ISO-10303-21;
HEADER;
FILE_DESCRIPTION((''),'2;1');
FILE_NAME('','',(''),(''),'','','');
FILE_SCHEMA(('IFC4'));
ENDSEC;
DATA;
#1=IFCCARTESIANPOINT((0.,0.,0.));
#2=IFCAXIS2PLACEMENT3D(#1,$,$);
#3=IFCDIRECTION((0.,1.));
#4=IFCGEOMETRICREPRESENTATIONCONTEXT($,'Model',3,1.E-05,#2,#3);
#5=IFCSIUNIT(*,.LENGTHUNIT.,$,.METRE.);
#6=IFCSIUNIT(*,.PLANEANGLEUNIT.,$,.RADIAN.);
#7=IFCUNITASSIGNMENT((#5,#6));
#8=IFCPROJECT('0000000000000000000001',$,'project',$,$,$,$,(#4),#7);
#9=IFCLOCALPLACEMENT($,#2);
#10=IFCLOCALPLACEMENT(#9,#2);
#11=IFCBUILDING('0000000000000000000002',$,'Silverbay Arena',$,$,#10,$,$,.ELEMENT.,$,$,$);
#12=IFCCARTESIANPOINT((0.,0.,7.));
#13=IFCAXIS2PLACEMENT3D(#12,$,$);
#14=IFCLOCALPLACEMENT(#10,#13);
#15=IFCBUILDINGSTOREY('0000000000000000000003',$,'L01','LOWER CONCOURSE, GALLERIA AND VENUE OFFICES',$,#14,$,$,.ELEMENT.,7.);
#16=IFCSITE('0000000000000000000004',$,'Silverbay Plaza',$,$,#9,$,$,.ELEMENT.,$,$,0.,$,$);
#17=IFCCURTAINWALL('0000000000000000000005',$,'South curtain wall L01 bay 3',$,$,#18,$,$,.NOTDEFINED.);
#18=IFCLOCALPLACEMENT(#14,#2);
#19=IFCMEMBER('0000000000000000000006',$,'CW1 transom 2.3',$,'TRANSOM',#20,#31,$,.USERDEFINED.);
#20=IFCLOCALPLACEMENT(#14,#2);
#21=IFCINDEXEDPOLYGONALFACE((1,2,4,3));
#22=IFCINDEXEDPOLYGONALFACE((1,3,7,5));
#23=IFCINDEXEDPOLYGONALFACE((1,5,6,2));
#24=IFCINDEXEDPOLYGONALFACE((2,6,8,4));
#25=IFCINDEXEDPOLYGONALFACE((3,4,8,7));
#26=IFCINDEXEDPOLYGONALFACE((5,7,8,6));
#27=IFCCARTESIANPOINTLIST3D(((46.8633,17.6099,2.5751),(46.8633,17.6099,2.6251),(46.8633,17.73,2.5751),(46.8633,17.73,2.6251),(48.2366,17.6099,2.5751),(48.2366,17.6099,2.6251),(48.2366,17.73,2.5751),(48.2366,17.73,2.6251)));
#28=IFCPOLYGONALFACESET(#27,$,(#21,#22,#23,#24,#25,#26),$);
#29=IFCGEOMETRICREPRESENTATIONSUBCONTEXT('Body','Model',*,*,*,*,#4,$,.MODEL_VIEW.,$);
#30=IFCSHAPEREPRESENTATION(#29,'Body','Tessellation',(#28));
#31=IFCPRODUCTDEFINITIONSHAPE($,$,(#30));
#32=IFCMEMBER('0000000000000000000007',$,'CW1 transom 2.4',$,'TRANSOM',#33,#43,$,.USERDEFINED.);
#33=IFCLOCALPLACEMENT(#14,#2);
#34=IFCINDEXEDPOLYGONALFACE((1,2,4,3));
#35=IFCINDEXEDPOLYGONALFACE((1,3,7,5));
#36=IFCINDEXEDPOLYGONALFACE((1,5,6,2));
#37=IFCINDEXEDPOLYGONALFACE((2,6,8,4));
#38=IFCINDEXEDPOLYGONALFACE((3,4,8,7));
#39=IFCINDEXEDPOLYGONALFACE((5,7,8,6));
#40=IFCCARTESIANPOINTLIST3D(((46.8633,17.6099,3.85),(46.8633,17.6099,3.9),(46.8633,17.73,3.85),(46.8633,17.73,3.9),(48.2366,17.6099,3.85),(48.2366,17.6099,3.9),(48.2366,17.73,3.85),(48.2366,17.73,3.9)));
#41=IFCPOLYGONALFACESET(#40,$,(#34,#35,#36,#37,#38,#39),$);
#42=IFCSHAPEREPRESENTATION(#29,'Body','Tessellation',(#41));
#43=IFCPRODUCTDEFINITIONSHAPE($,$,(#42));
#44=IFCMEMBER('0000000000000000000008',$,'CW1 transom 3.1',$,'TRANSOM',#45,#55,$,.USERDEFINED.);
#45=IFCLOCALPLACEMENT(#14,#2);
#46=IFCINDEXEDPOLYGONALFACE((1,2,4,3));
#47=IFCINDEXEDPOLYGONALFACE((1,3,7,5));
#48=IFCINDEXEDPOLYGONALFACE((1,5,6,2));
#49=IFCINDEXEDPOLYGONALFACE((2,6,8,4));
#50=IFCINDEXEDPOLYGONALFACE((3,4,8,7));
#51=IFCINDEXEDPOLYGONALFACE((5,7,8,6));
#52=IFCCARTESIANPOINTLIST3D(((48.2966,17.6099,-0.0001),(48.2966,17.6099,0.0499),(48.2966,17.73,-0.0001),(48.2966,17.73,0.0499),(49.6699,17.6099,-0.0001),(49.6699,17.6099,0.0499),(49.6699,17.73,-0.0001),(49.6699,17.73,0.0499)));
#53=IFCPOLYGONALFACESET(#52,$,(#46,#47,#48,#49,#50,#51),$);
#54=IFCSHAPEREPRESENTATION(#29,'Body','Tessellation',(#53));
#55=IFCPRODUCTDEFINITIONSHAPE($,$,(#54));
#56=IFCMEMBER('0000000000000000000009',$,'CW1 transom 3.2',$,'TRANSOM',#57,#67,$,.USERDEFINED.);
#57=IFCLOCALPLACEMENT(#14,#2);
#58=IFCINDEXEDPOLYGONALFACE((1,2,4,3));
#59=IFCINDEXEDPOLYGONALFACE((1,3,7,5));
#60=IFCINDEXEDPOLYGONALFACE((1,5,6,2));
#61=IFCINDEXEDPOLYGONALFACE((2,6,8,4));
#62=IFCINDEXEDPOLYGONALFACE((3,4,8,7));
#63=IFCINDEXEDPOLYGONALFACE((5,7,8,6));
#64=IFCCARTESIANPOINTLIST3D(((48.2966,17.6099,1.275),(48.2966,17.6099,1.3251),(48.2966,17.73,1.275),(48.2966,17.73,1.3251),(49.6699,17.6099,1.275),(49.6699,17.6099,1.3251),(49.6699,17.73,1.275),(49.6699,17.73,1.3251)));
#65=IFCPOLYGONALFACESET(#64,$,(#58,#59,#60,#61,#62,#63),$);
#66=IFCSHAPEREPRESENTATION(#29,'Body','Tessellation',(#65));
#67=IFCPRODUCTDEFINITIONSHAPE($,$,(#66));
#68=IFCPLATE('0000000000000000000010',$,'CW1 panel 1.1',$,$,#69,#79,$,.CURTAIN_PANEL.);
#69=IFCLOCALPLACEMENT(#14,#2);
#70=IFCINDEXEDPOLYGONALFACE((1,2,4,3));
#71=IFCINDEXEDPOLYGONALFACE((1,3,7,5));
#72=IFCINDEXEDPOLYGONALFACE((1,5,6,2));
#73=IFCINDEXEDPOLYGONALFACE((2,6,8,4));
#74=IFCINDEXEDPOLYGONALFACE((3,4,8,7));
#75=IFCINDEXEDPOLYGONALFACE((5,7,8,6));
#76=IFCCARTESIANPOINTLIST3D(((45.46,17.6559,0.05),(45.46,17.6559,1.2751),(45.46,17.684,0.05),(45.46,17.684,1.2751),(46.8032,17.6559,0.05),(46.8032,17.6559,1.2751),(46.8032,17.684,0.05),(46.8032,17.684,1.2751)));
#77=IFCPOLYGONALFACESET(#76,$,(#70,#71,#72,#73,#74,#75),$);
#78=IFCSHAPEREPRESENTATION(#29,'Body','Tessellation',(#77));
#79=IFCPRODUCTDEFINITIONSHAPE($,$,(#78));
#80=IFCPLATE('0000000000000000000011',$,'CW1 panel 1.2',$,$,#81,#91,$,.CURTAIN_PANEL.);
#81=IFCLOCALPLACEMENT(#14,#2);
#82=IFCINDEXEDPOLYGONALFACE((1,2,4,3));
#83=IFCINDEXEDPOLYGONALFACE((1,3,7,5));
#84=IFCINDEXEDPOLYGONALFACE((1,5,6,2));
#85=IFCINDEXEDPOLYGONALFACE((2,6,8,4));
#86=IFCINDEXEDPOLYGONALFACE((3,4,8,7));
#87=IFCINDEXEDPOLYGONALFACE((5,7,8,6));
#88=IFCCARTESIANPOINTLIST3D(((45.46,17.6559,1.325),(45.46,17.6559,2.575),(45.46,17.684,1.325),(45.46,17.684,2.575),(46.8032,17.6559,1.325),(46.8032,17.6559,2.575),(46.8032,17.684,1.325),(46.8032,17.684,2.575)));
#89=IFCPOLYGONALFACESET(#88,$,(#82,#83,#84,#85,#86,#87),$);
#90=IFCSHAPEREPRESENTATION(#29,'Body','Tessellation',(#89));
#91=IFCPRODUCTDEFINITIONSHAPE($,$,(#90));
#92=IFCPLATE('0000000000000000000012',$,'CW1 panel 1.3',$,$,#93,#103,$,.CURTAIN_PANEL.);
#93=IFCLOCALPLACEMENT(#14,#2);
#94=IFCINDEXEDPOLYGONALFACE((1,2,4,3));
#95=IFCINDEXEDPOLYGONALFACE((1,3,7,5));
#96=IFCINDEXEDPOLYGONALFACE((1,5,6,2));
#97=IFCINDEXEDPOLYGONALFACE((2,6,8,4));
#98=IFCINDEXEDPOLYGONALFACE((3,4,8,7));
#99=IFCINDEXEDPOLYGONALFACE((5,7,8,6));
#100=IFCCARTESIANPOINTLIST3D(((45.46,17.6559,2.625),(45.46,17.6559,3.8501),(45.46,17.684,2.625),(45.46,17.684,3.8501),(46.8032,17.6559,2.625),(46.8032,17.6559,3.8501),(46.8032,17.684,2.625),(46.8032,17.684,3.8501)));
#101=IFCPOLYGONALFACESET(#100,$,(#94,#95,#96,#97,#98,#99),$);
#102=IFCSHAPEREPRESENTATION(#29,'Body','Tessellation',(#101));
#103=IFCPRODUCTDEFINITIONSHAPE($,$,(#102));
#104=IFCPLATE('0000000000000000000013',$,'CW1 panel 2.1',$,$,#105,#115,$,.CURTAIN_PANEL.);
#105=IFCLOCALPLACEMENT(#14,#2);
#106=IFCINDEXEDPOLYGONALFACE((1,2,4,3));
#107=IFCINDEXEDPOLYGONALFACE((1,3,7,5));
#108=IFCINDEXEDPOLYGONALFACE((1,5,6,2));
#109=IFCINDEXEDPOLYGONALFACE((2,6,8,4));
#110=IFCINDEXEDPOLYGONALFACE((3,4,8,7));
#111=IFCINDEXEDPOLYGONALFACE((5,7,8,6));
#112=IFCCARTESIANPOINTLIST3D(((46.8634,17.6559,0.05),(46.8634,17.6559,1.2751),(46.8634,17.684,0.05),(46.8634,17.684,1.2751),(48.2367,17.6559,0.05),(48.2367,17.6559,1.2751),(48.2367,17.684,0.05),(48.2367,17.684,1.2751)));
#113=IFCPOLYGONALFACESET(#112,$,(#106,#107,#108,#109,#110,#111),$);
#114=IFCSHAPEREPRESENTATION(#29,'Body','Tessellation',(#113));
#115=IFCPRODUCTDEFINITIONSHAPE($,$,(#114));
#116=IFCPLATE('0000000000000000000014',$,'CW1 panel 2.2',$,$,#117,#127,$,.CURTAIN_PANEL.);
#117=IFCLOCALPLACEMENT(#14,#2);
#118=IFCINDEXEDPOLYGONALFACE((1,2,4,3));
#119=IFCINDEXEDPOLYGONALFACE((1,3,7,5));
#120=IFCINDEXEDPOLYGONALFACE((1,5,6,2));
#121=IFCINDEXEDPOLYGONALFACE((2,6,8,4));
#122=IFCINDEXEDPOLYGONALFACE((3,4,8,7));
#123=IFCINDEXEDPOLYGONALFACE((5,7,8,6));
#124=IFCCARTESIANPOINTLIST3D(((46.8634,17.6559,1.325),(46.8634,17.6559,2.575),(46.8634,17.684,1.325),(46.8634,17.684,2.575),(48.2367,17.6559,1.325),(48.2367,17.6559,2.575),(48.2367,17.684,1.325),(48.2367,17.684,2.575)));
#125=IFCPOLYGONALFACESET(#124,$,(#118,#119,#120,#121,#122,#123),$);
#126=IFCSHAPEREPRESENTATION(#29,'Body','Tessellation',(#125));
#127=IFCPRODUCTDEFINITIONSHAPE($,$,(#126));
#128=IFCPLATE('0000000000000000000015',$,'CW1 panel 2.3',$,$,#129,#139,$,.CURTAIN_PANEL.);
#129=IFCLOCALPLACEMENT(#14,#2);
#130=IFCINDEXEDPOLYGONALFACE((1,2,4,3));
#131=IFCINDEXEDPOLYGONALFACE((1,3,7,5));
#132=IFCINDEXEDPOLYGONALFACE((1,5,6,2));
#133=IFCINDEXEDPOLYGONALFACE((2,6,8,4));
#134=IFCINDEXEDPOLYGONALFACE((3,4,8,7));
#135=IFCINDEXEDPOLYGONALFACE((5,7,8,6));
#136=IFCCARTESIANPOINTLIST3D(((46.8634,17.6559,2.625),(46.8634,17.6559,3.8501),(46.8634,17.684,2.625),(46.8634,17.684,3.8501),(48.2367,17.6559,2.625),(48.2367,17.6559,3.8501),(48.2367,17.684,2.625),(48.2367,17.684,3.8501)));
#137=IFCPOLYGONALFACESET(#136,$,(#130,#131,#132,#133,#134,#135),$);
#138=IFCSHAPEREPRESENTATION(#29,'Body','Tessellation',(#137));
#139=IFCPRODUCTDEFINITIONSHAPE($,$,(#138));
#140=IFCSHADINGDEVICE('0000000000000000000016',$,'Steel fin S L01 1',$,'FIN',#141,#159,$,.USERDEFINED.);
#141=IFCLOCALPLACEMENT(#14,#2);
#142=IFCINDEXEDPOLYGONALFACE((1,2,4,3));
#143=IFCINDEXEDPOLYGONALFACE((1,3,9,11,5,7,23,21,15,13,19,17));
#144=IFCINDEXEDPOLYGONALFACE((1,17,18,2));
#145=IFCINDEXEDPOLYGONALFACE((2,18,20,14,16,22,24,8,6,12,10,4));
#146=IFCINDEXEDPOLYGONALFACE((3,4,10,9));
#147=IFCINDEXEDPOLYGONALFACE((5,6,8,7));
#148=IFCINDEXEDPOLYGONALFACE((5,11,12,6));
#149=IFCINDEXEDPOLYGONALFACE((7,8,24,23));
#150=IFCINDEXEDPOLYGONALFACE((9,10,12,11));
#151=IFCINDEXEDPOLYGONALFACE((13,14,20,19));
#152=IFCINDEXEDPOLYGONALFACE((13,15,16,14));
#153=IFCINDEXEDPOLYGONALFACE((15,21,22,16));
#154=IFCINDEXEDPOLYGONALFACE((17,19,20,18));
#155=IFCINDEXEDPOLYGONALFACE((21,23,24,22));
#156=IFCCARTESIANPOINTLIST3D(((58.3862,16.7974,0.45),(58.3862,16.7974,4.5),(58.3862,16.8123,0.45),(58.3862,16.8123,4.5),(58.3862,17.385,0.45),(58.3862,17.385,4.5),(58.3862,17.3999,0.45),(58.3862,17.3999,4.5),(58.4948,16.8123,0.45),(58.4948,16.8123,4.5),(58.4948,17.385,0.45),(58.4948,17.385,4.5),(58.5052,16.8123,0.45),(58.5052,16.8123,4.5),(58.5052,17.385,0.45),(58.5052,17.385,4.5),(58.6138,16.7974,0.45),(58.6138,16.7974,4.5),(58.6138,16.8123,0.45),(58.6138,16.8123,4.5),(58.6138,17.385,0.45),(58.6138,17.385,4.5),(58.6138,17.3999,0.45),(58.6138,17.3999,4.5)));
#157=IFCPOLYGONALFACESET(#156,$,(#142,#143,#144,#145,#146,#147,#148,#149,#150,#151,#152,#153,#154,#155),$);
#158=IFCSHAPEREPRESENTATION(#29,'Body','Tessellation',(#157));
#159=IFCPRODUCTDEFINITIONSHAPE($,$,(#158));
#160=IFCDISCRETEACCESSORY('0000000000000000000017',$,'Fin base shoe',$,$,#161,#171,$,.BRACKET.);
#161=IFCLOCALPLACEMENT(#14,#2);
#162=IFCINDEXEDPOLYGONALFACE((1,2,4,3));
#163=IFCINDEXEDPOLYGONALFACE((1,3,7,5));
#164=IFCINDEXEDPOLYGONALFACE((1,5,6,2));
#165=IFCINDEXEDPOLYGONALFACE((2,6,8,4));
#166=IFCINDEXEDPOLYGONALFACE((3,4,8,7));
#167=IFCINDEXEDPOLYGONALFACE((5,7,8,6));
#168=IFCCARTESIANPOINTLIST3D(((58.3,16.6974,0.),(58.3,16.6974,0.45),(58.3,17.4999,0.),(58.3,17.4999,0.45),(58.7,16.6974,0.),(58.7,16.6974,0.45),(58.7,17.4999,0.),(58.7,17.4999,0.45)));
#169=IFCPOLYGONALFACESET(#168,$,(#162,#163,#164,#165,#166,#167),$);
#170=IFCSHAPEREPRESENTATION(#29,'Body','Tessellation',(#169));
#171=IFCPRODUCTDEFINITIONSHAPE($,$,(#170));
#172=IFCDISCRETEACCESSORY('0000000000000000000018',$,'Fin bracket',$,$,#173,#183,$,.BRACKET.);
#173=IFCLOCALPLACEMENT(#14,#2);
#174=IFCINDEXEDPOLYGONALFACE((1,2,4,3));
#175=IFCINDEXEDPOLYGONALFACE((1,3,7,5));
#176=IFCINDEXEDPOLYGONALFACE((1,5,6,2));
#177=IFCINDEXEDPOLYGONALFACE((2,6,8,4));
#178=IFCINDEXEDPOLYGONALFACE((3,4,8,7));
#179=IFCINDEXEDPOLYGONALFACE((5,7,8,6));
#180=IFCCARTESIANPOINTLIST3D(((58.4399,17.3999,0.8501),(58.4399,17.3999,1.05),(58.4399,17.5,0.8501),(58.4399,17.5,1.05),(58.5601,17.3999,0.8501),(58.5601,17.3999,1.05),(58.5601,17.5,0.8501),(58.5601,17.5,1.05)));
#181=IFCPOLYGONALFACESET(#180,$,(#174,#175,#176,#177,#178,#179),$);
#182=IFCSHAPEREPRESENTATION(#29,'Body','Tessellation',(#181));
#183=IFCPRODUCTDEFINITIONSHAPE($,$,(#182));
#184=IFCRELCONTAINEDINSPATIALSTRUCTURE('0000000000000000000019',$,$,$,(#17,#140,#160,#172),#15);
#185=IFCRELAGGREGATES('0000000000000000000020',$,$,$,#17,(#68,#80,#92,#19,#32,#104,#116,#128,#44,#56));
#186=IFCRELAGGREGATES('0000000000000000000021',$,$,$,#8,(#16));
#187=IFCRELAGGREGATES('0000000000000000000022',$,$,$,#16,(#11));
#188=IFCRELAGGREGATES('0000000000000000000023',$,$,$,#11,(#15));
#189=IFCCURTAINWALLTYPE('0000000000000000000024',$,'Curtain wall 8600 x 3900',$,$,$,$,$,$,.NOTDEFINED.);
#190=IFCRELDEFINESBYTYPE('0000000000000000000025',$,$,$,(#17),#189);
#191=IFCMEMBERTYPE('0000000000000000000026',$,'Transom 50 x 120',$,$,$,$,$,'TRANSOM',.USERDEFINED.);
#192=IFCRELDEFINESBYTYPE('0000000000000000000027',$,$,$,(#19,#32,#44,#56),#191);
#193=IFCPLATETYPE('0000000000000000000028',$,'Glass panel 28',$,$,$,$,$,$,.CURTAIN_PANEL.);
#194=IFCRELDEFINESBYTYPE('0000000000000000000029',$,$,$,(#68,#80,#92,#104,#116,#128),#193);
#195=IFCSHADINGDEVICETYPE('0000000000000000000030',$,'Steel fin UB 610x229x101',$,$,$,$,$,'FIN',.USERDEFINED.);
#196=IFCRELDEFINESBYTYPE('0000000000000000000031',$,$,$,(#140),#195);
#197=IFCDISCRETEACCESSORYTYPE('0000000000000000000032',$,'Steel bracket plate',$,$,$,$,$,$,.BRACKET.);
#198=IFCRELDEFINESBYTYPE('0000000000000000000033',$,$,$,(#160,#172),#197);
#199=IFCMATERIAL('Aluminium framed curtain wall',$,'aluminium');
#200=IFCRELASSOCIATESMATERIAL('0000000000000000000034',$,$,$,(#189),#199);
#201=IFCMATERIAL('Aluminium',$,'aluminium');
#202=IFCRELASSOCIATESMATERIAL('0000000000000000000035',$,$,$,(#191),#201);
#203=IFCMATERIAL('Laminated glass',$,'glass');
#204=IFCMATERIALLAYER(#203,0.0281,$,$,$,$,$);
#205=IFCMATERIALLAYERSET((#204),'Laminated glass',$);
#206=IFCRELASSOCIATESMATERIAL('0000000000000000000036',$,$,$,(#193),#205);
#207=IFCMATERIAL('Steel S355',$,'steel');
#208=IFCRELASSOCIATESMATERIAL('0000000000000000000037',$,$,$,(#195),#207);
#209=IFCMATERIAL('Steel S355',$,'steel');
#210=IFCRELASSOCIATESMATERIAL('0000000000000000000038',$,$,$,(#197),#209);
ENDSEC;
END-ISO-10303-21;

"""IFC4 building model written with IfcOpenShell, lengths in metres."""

from ifc_helpers import new_model, si_unit, direction, frame, origin, origin_2d, place, context, subcontext, project, spatial, rectangle, i_section, extrude, material, layer, layer_set, material_profile, profile_set, type_object, element, aggregate, save


model = new_model("IFC4")

# Units and contexts
model_context = context("Model", 3, precision=1e-05, world=origin(), true_north=direction((0.0, 1.0)))
body_context = subcontext(model_context, "Body", "Model", "MODEL_VIEW")
ifc_project = project(units=[si_unit("LENGTHUNIT", "METRE"), si_unit("PLANEANGLEUNIT", "RADIAN")], contexts=[model_context])

# Site, building, storey
site_placement = place(None, origin())
site = spatial("IfcSite", under=ifc_project, at=site_placement, Name="Silverbay Plaza", CompositionType="ELEMENT", RefElevation=0.0)
building_placement = place(site_placement, origin())
building = spatial("IfcBuilding", under=site, at=building_placement, Name="Silverbay Arena", CompositionType="ELEMENT")
storey_placement = place(building_placement, frame((0.0, 0.0, 7.0)))
storey = spatial("IfcBuildingStorey", under=building, at=storey_placement, Name="L01", Description="LOWER CONCOURSE, GALLERIA AND VENUE OFFICES", CompositionType="ELEMENT", Elevation=7.0)

# Curtain wall
ifc_material_1 = material(Name="Aluminium framed curtain wall", Category="aluminium")
curtain_wall_type = type_object("IfcCurtainWallType", Name="Curtain wall 8600 x 3900", PredefinedType="NOTDEFINED", material=ifc_material_1)
curtain_wall_placement = place(storey_placement, origin())
curtain_wall = element("IfcCurtainWall", 1, at=curtain_wall_placement, inside=storey, type_object=curtain_wall_type, Name="South curtain wall L01 bay 3", PredefinedType="NOTDEFINED")

# Members
ifc_material_2 = material(Name="Aluminium", Category="aluminium")
ifc_material_profile_1 = material_profile(ifc_material_2, rectangle(XDim=0.1201, YDim=0.05, at=origin_2d()), Name="Transom 50 x 120")
ifc_profile_set_1 = profile_set([ifc_material_profile_1], Name="Aluminium")
member_type_1 = type_object("IfcMemberType", Name="Transom 50 x 120", ElementType="TRANSOM", PredefinedType="USERDEFINED", material=ifc_profile_set_1)
member_1_placement = place(storey_placement, frame((46.8633, 17.6699, 2.6001), z_axis=(1.0, 0.0, 0.0), x_axis=(0.0, 1.0, 0.0)))
member_1 = element("IfcMember", 2, at=member_1_placement, type_object=member_type_1, Name="CW1 transom 2.3", ObjectType="TRANSOM", PredefinedType="USERDEFINED", context=body_context, shape_type="SweptSolid", body=[
    extrude(rectangle(XDim=0.1201, YDim=0.05, at=origin_2d()), origin(), (0.0, 0.0, 1.0), 1.3733),
])
member_2_placement = place(storey_placement, frame((46.8633, 17.6699, 3.875), z_axis=(1.0, 0.0, 0.0), x_axis=(0.0, 1.0, 0.0)))
member_2 = element("IfcMember", 3, at=member_2_placement, type_object=member_type_1, Name="CW1 transom 2.4", ObjectType="TRANSOM", PredefinedType="USERDEFINED", context=body_context, shape_type="SweptSolid", body=[
    extrude(rectangle(XDim=0.1201, YDim=0.05, at=origin_2d()), origin(), (0.0, 0.0, 1.0), 1.3733),
])
member_3_placement = place(storey_placement, frame((48.2966, 17.6699, 0.0249), z_axis=(1.0, 0.0, 0.0), x_axis=(0.0, 1.0, 0.0)))
member_3 = element("IfcMember", 4, at=member_3_placement, type_object=member_type_1, Name="CW1 transom 3.1", ObjectType="TRANSOM", PredefinedType="USERDEFINED", context=body_context, shape_type="SweptSolid", body=[
    extrude(rectangle(XDim=0.1201, YDim=0.05, at=origin_2d()), origin(), (0.0, 0.0, 1.0), 1.3733),
])
member_4_placement = place(storey_placement, frame((48.2966, 17.6699, 1.3), z_axis=(1.0, 0.0, 0.0), x_axis=(0.0, 1.0, 0.0)))
member_4 = element("IfcMember", 5, at=member_4_placement, type_object=member_type_1, Name="CW1 transom 3.2", ObjectType="TRANSOM", PredefinedType="USERDEFINED", context=body_context, shape_type="SweptSolid", body=[
    extrude(rectangle(XDim=0.1201, YDim=0.05, at=origin_2d()), origin(), (0.0, 0.0, 1.0), 1.3733),
])

# Plates
ifc_material_3 = material(Name="Laminated glass", Category="glass")
ifc_layer = layer(ifc_material_3, 0.0281)
ifc_layer_set = layer_set([ifc_layer], Name="Laminated glass")
plate_type = type_object("IfcPlateType", Name="Glass panel 28", PredefinedType="CURTAIN_PANEL", material=ifc_layer_set)
plate_1_placement = place(storey_placement, frame((46.1316, 17.6699, 0.05), z_axis=(0.0, 0.0, 1.0), x_axis=(1.0, 0.0, 0.0)))
plate_1 = element("IfcPlate", 6, at=plate_1_placement, type_object=plate_type, Name="CW1 panel 1.1", PredefinedType="CURTAIN_PANEL", context=body_context, shape_type="SweptSolid", body=[
    extrude(rectangle(XDim=1.3433, YDim=0.0281, at=origin_2d()), origin(), (0.0, 0.0, 1.0), 1.2251),
])
plate_2_placement = place(storey_placement, frame((46.1316, 17.6699, 1.325), z_axis=(0.0, 0.0, 1.0), x_axis=(1.0, 0.0, 0.0)))
plate_2 = element("IfcPlate", 7, at=plate_2_placement, type_object=plate_type, Name="CW1 panel 1.2", PredefinedType="CURTAIN_PANEL", context=body_context, shape_type="SweptSolid", body=[
    extrude(rectangle(XDim=1.3433, YDim=0.0281, at=origin_2d()), origin(), (0.0, 0.0, 1.0), 1.25),
])
plate_3_placement = place(storey_placement, frame((46.1316, 17.6699, 2.625), z_axis=(0.0, 0.0, 1.0), x_axis=(1.0, 0.0, 0.0)))
plate_3 = element("IfcPlate", 8, at=plate_3_placement, type_object=plate_type, Name="CW1 panel 1.3", PredefinedType="CURTAIN_PANEL", context=body_context, shape_type="SweptSolid", body=[
    extrude(rectangle(XDim=1.3433, YDim=0.0281, at=origin_2d()), origin(), (0.0, 0.0, 1.0), 1.2251),
])
plate_4_placement = place(storey_placement, frame((47.55, 17.6699, 0.05), z_axis=(0.0, 0.0, 1.0), x_axis=(1.0, 0.0, 0.0)))
plate_4 = element("IfcPlate", 9, at=plate_4_placement, type_object=plate_type, Name="CW1 panel 2.1", PredefinedType="CURTAIN_PANEL", context=body_context, shape_type="SweptSolid", body=[
    extrude(rectangle(XDim=1.3733, YDim=0.0281, at=origin_2d()), origin(), (0.0, 0.0, 1.0), 1.2251),
])
plate_5_placement = place(storey_placement, frame((47.55, 17.6699, 1.325), z_axis=(0.0, 0.0, 1.0), x_axis=(1.0, 0.0, 0.0)))
plate_5 = element("IfcPlate", 10, at=plate_5_placement, type_object=plate_type, Name="CW1 panel 2.2", PredefinedType="CURTAIN_PANEL", context=body_context, shape_type="SweptSolid", body=[
    extrude(rectangle(XDim=1.3733, YDim=0.0281, at=origin_2d()), origin(), (0.0, 0.0, 1.0), 1.25),
])
plate_6_placement = place(storey_placement, frame((47.55, 17.6699, 2.625), z_axis=(0.0, 0.0, 1.0), x_axis=(1.0, 0.0, 0.0)))
plate_6 = element("IfcPlate", 11, at=plate_6_placement, type_object=plate_type, Name="CW1 panel 2.3", PredefinedType="CURTAIN_PANEL", context=body_context, shape_type="SweptSolid", body=[
    extrude(rectangle(XDim=1.3733, YDim=0.0281, at=origin_2d()), origin(), (0.0, 0.0, 1.0), 1.2251),
])
aggregate(curtain_wall, [plate_1, plate_2, plate_3, member_1, member_2, plate_4, plate_5, plate_6, member_3, member_4])

# Shading device
ifc_material_4 = material(Name="Steel S355", Category="steel")
ifc_material_profile_2 = material_profile(ifc_material_4, i_section(OverallWidth=0.2275, OverallDepth=0.6025, WebThickness=0.0105, FlangeThickness=0.0149, at=origin_2d()), Name="UB 610x229x101")
ifc_profile_set_2 = profile_set([ifc_material_profile_2], Name="Steel S355")
shading_device_type = type_object("IfcShadingDeviceType", Name="Steel fin UB 610x229x101", ElementType="FIN", PredefinedType="USERDEFINED", material=ifc_profile_set_2)
shading_device_placement = place(storey_placement, frame((58.5, 17.0986, 0.45), z_axis=(0.0, 0.0, 1.0), x_axis=(1.0, 0.0, 0.0)))
element("IfcShadingDevice", 12, at=shading_device_placement, inside=storey, type_object=shading_device_type, Name="Steel fin S L01 1", ObjectType="FIN", PredefinedType="USERDEFINED", context=body_context, shape_type="SweptSolid", body=[
    extrude(i_section(OverallWidth=0.2275, OverallDepth=0.6025, WebThickness=0.0105, FlangeThickness=0.0149, at=origin_2d()), origin(), (0.0, 0.0, 1.0), 4.05),
])

# Discrete accessories
ifc_material_5 = material(Name="Steel S355", Category="steel")
discrete_accessory_type = type_object("IfcDiscreteAccessoryType", Name="Steel bracket plate", PredefinedType="BRACKET", material=ifc_material_5)
discrete_accessory_1_placement = place(storey_placement, frame((58.5, 17.0986, 0.0), z_axis=(0.0, 0.0, 1.0), x_axis=(1.0, 0.0, 0.0)))
element("IfcDiscreteAccessory", 13, at=discrete_accessory_1_placement, inside=storey, type_object=discrete_accessory_type, Name="Fin base shoe", PredefinedType="BRACKET", context=body_context, shape_type="SweptSolid", body=[
    extrude(rectangle(XDim=0.3999, YDim=0.8025, at=origin_2d()), origin(), (0.0, 0.0, 1.0), 0.45),
])
discrete_accessory_2_placement = place(storey_placement, frame((58.5, 17.45, 0.8501), z_axis=(0.0, 0.0, 1.0), x_axis=(1.0, 0.0, 0.0)))
element("IfcDiscreteAccessory", 14, at=discrete_accessory_2_placement, inside=storey, type_object=discrete_accessory_type, Name="Fin bracket", PredefinedType="BRACKET", context=body_context, shape_type="SweptSolid", body=[
    extrude(rectangle(XDim=0.1201, YDim=0.1001, at=origin_2d()), origin(), (0.0, 0.0, 1.0), 0.2),
])

save(model, "model.ifc")
